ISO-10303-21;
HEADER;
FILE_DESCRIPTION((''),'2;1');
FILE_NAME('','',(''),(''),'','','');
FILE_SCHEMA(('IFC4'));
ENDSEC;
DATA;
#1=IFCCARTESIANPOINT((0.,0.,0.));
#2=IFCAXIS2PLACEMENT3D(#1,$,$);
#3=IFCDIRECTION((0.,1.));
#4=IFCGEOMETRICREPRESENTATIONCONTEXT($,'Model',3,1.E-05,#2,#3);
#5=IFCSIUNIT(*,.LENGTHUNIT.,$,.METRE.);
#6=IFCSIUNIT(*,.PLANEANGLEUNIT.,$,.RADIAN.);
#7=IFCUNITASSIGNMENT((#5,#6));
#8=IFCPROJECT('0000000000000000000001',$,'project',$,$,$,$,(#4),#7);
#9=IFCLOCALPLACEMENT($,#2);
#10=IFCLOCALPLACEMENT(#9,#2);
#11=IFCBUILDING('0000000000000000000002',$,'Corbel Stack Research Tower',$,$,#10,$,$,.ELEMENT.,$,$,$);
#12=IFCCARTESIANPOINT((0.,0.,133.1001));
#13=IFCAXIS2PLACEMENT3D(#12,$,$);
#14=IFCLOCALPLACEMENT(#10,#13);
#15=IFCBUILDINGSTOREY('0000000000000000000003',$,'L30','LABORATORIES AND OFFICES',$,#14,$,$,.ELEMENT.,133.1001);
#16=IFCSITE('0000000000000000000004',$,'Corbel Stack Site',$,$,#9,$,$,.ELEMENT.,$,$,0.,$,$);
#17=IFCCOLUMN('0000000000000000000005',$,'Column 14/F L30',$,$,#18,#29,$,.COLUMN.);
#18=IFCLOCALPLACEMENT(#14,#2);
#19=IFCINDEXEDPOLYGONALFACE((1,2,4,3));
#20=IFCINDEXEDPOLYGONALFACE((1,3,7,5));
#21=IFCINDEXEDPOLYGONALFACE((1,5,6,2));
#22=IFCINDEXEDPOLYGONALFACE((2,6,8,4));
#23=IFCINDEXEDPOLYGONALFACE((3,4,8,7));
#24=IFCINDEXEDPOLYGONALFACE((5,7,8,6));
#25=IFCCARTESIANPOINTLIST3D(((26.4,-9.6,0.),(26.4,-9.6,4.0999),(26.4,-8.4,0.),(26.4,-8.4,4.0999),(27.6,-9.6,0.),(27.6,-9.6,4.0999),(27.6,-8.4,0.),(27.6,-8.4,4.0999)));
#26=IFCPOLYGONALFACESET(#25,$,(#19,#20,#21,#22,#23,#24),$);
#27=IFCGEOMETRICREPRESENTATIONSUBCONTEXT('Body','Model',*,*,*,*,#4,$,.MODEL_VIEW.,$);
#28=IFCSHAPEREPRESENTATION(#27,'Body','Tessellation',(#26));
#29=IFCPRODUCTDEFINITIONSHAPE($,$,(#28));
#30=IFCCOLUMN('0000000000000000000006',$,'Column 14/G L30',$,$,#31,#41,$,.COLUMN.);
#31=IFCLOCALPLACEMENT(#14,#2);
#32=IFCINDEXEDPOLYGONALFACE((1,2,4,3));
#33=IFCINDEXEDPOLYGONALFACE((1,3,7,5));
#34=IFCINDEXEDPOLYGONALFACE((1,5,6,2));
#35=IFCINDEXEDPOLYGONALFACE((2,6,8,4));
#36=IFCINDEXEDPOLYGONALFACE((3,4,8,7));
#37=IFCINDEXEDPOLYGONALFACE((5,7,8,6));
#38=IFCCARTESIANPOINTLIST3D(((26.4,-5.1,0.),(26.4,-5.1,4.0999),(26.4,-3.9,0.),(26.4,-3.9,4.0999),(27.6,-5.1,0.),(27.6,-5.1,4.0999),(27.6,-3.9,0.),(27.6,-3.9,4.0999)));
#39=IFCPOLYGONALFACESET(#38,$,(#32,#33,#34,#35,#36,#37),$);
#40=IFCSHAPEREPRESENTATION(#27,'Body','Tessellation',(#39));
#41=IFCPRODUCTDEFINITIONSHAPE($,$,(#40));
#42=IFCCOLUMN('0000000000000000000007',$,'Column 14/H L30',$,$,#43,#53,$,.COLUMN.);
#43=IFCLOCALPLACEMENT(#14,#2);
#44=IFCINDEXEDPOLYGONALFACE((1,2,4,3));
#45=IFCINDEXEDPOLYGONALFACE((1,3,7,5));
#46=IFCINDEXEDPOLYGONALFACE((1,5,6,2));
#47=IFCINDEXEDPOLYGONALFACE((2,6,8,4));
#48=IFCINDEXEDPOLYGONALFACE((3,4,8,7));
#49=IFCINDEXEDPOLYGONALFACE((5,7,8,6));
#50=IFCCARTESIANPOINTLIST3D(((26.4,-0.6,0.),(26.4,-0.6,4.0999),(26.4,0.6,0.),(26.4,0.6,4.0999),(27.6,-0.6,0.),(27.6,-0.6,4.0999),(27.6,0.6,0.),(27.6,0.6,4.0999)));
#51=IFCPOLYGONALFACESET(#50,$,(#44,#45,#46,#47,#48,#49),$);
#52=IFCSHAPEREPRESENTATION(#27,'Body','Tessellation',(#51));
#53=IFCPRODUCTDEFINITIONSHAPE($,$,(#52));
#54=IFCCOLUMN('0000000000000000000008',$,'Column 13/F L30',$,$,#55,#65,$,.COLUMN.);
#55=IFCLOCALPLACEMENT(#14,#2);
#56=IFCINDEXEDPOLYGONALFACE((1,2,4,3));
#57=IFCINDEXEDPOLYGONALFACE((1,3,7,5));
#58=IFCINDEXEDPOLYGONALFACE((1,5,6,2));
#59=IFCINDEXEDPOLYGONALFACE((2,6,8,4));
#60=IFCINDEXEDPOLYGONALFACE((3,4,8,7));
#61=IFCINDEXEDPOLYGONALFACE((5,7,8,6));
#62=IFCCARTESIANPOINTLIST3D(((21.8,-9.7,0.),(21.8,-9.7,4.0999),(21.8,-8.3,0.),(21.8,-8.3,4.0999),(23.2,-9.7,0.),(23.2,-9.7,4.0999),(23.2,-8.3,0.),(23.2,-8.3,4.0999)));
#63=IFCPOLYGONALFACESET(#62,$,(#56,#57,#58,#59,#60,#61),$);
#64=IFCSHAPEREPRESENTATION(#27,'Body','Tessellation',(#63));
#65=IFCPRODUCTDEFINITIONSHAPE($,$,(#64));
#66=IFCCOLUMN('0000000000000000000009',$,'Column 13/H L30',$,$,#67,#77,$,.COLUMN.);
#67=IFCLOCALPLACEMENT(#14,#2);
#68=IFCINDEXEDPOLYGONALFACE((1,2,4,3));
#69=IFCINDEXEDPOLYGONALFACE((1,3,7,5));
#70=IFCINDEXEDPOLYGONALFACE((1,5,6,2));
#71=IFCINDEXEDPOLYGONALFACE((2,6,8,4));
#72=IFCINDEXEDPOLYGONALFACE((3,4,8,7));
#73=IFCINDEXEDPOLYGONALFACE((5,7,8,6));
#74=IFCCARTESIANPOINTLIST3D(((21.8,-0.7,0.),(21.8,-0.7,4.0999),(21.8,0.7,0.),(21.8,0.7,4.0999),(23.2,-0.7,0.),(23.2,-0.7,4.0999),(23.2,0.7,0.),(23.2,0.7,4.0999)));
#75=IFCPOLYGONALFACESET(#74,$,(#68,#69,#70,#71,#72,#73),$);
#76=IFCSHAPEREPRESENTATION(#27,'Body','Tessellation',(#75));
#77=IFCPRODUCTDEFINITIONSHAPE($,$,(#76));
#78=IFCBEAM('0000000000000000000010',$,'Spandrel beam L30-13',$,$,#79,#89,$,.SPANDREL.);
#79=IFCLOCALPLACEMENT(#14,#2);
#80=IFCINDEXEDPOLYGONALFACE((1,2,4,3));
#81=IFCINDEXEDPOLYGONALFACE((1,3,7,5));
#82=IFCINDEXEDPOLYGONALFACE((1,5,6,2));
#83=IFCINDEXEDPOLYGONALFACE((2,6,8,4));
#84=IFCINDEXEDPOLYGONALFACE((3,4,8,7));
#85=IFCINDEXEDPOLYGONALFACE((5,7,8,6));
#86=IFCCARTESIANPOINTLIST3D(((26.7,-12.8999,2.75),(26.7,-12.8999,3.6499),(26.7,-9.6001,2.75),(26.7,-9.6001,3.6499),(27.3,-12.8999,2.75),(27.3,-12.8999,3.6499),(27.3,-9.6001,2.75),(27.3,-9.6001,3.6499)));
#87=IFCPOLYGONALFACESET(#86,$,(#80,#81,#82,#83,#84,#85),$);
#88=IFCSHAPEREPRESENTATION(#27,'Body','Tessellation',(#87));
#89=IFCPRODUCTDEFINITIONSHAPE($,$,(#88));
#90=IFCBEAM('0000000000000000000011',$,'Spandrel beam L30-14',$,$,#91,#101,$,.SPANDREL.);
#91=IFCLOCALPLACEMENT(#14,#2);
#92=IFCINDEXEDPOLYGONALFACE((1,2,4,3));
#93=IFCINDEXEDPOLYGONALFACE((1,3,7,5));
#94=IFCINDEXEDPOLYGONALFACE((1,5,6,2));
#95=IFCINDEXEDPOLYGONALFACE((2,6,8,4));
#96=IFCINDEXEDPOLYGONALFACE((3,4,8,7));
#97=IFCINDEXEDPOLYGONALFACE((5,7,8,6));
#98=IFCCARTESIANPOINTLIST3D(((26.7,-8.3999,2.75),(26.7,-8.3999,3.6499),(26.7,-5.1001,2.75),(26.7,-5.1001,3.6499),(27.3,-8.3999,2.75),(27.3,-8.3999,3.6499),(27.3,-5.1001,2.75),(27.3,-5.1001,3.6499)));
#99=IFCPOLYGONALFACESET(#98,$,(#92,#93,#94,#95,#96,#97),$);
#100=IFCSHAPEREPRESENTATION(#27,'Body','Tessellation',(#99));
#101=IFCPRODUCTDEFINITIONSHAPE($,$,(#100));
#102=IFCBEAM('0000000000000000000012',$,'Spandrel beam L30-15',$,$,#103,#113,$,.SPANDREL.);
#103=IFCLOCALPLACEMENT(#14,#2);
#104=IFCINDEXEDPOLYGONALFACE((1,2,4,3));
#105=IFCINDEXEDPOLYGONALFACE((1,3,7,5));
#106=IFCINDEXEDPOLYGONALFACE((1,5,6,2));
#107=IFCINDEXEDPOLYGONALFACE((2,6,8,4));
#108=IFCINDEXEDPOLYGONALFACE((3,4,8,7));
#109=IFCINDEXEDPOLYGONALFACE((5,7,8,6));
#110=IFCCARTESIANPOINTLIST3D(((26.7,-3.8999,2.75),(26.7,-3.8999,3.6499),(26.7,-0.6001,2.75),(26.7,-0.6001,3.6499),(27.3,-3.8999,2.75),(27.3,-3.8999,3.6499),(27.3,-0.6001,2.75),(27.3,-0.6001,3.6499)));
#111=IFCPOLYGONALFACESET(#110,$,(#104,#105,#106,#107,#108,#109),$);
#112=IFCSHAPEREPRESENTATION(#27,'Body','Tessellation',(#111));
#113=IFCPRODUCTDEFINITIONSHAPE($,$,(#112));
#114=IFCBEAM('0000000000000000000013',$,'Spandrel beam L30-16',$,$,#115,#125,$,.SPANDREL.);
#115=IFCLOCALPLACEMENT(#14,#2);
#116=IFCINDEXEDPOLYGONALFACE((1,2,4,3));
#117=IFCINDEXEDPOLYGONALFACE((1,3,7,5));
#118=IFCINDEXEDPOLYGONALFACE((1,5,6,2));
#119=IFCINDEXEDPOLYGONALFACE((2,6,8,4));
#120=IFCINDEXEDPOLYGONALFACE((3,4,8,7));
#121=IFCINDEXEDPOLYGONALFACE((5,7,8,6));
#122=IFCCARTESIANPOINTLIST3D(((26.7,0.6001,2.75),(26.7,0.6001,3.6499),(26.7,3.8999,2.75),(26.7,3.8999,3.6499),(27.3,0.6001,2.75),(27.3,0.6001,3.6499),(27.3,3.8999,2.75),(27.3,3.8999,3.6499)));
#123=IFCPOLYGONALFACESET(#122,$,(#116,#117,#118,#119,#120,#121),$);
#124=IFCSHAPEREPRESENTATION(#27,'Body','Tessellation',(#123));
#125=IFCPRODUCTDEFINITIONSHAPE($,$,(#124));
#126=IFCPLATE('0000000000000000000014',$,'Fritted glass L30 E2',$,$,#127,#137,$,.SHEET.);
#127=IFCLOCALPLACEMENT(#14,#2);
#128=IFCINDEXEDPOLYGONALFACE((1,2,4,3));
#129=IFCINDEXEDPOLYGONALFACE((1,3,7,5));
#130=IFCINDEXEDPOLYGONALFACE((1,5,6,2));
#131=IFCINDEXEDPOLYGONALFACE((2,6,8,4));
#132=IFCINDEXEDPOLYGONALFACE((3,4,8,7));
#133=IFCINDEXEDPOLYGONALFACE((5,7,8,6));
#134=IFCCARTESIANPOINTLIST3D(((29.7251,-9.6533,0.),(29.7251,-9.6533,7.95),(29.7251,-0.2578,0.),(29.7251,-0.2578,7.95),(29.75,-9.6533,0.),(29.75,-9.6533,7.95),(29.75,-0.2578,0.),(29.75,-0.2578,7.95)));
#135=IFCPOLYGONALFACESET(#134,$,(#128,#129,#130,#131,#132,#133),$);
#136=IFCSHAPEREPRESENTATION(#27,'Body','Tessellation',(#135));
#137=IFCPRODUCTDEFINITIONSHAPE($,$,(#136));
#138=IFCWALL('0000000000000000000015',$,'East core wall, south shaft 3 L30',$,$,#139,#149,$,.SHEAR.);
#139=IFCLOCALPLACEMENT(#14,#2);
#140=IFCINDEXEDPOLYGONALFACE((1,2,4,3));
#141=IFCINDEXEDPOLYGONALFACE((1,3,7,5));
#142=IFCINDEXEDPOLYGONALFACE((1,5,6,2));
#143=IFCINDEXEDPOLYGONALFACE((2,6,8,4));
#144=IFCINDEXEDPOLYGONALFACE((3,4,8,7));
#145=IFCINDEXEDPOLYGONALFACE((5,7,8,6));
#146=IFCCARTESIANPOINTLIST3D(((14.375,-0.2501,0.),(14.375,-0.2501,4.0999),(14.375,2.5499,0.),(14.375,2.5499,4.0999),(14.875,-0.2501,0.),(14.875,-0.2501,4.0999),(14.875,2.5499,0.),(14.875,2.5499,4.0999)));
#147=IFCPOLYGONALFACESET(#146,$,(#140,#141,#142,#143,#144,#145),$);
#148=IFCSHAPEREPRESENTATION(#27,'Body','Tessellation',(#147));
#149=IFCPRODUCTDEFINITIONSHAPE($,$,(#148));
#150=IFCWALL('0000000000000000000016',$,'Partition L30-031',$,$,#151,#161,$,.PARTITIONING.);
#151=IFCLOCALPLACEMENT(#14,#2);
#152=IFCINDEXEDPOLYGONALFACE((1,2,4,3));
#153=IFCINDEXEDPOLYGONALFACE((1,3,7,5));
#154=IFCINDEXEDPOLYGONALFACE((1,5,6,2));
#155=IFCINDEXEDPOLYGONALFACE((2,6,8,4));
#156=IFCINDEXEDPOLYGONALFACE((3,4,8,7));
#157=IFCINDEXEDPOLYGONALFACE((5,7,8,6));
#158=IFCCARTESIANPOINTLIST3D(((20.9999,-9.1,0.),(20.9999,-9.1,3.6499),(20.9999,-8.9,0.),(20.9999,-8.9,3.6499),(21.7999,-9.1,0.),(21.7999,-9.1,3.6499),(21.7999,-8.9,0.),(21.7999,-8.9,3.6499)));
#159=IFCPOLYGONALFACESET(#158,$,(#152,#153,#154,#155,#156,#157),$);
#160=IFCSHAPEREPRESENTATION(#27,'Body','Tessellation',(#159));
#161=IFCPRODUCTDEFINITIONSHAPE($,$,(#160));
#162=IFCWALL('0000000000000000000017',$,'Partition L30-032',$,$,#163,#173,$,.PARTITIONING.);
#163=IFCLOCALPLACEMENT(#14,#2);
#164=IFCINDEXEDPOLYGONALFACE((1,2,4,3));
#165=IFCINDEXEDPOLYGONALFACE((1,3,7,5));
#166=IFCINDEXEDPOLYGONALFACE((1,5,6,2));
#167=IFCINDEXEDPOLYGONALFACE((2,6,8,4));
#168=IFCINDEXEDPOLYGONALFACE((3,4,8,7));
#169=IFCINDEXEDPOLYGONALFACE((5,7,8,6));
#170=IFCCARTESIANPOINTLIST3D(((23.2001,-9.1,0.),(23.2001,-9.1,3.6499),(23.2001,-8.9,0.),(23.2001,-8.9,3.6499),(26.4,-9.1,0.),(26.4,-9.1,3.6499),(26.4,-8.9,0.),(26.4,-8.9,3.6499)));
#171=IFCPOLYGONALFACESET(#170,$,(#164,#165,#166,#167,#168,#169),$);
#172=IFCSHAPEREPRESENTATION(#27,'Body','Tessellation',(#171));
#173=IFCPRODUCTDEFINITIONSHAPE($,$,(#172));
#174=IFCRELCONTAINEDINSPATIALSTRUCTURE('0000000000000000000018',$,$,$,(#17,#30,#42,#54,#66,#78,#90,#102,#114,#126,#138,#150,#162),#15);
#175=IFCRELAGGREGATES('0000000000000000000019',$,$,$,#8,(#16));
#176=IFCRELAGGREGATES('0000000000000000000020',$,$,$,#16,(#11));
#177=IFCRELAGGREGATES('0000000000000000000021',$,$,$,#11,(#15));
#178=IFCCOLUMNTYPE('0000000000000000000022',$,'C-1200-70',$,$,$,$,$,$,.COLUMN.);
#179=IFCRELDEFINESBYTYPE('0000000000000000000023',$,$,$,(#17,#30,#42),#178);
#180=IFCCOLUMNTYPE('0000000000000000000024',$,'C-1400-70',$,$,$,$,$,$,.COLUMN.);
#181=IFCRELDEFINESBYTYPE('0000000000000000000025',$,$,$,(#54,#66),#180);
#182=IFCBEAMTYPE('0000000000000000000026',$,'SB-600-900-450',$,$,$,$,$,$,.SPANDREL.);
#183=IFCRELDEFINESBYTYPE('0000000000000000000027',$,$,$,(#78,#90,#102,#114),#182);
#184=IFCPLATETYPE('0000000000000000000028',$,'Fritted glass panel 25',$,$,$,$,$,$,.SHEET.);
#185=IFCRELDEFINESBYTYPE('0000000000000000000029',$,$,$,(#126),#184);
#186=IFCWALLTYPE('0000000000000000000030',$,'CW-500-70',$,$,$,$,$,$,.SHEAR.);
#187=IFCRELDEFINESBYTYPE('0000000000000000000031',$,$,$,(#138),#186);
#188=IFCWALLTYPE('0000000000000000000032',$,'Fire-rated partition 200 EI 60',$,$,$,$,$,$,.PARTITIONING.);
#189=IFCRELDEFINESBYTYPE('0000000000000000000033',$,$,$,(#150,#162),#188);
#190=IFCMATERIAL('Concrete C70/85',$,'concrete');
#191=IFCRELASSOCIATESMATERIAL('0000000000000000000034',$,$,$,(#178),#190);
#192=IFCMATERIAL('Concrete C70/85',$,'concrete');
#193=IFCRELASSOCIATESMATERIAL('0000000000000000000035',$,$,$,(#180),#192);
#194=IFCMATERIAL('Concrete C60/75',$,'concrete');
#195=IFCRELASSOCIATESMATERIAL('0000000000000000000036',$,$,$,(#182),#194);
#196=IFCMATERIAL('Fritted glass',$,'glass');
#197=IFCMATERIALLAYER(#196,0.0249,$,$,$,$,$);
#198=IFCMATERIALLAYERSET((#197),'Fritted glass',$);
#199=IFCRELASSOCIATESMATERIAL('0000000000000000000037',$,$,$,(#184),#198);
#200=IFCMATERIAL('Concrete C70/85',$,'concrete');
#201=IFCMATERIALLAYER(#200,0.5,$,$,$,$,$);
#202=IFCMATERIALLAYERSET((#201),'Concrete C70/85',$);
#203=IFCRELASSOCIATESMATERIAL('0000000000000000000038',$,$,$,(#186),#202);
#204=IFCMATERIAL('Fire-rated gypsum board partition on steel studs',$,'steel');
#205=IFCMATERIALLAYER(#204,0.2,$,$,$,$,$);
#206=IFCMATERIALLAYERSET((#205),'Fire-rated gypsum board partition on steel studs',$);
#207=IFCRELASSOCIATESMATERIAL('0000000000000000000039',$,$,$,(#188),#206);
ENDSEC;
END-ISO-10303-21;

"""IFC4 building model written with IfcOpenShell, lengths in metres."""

from ifc_helpers import new_model, si_unit, direction, frame, frame_2d, origin, origin_2d, place, context, subcontext, project, spatial, rectangle, extrude, material, layer, layer_set, material_profile, profile_set, type_object, element, save


model = new_model("IFC4")

# Units and contexts
model_context = context("Model", 3, precision=1e-05, world=origin(), true_north=direction((0.0, 1.0)))
body_context = subcontext(model_context, "Body", "Model", "MODEL_VIEW")
ifc_project = project(units=[si_unit("LENGTHUNIT", "METRE"), si_unit("PLANEANGLEUNIT", "RADIAN")], contexts=[model_context])

# Site, building, storey
site_placement = place(None, origin())
site = spatial("IfcSite", under=ifc_project, at=site_placement, Name="Corbel Stack Site", CompositionType="ELEMENT", RefElevation=0.0)
building_placement = place(site_placement, origin())
building = spatial("IfcBuilding", under=site, at=building_placement, Name="Corbel Stack Research Tower", CompositionType="ELEMENT")
storey_placement = place(building_placement, frame((0.0, 0.0, 133.1001)))
storey = spatial("IfcBuildingStorey", under=building, at=storey_placement, Name="L30", Description="LABORATORIES AND OFFICES", CompositionType="ELEMENT", Elevation=133.1001)

# Columns
ifc_material_1 = material(Name="Concrete C70/85", Category="concrete")
ifc_material_profile_1 = material_profile(ifc_material_1, rectangle(XDim=1.2, YDim=1.2, at=origin_2d()), Name="RC 1200 x 1200")
ifc_profile_set_1 = profile_set([ifc_material_profile_1], Name="Concrete C70/85")
column_type_1 = type_object("IfcColumnType", Name="C-1200-70", PredefinedType="COLUMN", material=ifc_profile_set_1)
for number, where, z_axis, x_axis, name in (
    (1, (27.0, -9.0, 0.0), (0.0, 0.0, 1.0), (1.0, 0.0, 0.0), "Column 14/F L30"),
    (2, (27.0, -4.5, 0.0), (0.0, 0.0, 1.0), (1.0, 0.0, 0.0), "Column 14/G L30"),
    (3, (27.0, 0.0, 0.0), (0.0, 0.0, 1.0), (1.0, 0.0, 0.0), "Column 14/H L30"),
):
    element("IfcColumn", number, at=place(storey_placement, frame(where, z_axis=z_axis, x_axis=x_axis)), inside=storey, type_object=column_type_1, Name=name, PredefinedType="COLUMN", context=body_context, shape_type="SweptSolid", body=[
        extrude(rectangle(XDim=1.2, YDim=1.2, at=origin_2d()), origin(), (0.0, 0.0, 1.0), 4.0999),
    ])
ifc_material_2 = material(Name="Concrete C70/85", Category="concrete")
ifc_material_profile_2 = material_profile(ifc_material_2, rectangle(XDim=1.3999, YDim=1.3999, at=origin_2d()), Name="RC 1400 x 1400")
ifc_profile_set_2 = profile_set([ifc_material_profile_2], Name="Concrete C70/85")
column_type_2 = type_object("IfcColumnType", Name="C-1400-70", PredefinedType="COLUMN", material=ifc_profile_set_2)
for number, where, z_axis, x_axis, name in (
    (4, (22.5, -9.0, 0.0), (0.0, 0.0, 1.0), (1.0, 0.0, 0.0), "Column 13/F L30"),
    (5, (22.5, 0.0, 0.0), (0.0, 0.0, 1.0), (1.0, 0.0, 0.0), "Column 13/H L30"),
):
    element("IfcColumn", number, at=place(storey_placement, frame(where, z_axis=z_axis, x_axis=x_axis)), inside=storey, type_object=column_type_2, Name=name, PredefinedType="COLUMN", context=body_context, shape_type="SweptSolid", body=[
        extrude(rectangle(XDim=1.3999, YDim=1.3999, at=origin_2d()), origin(), (0.0, 0.0, 1.0), 4.0999),
    ])

# Beams
ifc_material_3 = material(Name="Concrete C60/75", Category="concrete")
ifc_material_profile_3 = material_profile(ifc_material_3, rectangle(XDim=0.6001, YDim=0.8999, at=origin_2d()), Name="RC 600 x 900")
ifc_profile_set_3 = profile_set([ifc_material_profile_3], Name="Concrete C60/75")
beam_type = type_object("IfcBeamType", Name="SB-600-900-450", PredefinedType="SPANDREL", material=ifc_profile_set_3)
for number, where, z_axis, x_axis, name in (
    (6, (27.0, -12.8999, 3.2), (0.0, 1.0, 0.0), (-1.0, 0.0, 0.0), "Spandrel beam L30-13"),
    (7, (27.0, -8.3999, 3.2), (0.0, 1.0, 0.0), (-1.0, 0.0, 0.0), "Spandrel beam L30-14"),
    (8, (27.0, -3.8999, 3.2), (0.0, 1.0, 0.0), (-1.0, 0.0, 0.0), "Spandrel beam L30-15"),
    (9, (27.0, 0.6001, 3.2), (0.0, 1.0, 0.0), (-1.0, 0.0, 0.0), "Spandrel beam L30-16"),
):
    element("IfcBeam", number, at=place(storey_placement, frame(where, z_axis=z_axis, x_axis=x_axis)), inside=storey, type_object=beam_type, Name=name, PredefinedType="SPANDREL", context=body_context, shape_type="SweptSolid", body=[
        extrude(rectangle(XDim=0.6001, YDim=0.8999, at=origin_2d()), origin(), (0.0, 0.0, 1.0), 3.2998),
    ])

# Plate
ifc_material_4 = material(Name="Fritted glass", Category="glass")
ifc_layer_1 = layer(ifc_material_4, 0.0249)
ifc_layer_set_1 = layer_set([ifc_layer_1], Name="Fritted glass")
plate_type = type_object("IfcPlateType", Name="Fritted glass panel 25", PredefinedType="SHEET", material=ifc_layer_set_1)
plate_placement = place(storey_placement, frame((29.7375, -4.9556, 0.0), z_axis=(0.0, 0.0, 1.0), x_axis=(0.0, 1.0, 0.0)))
element("IfcPlate", 10, at=plate_placement, inside=storey, type_object=plate_type, Name="Fritted glass L30 E2", PredefinedType="SHEET", context=body_context, shape_type="SweptSolid", body=[
    extrude(rectangle(XDim=9.3955, YDim=0.0249, at=origin_2d()), origin(), (0.0, 0.0, 1.0), 7.95),
])

# Wall
ifc_material_5 = material(Name="Concrete C70/85", Category="concrete")
ifc_layer_2 = layer(ifc_material_5, 0.5)
ifc_layer_set_2 = layer_set([ifc_layer_2], Name="Concrete C70/85")
wall_type_1 = type_object("IfcWallType", Name="CW-500-70", PredefinedType="SHEAR", material=ifc_layer_set_2)
wall_1_placement = place(storey_placement, frame((14.625, -0.25, 0.0), z_axis=(0.0, 0.0, 1.0), x_axis=(0.0, 1.0, 0.0)))
element("IfcWall", 11, at=wall_1_placement, inside=storey, type_object=wall_type_1, Name="East core wall, south shaft 3 L30", PredefinedType="SHEAR", context=body_context, shape_type="SweptSolid", body=[
    extrude(rectangle(XDim=2.8, YDim=0.5, at=frame_2d((1.3999, 0.0))), origin(), (0.0, 0.0, 1.0), 4.0999),
])

# Walls
ifc_material_6 = material(Name="Fire-rated gypsum board partition on steel studs", Category="steel")
ifc_layer_3 = layer(ifc_material_6, 0.2)
ifc_layer_set_3 = layer_set([ifc_layer_3], Name="Fire-rated gypsum board partition on steel studs")
wall_type_2 = type_object("IfcWallType", Name="Fire-rated partition 200 EI 60", PredefinedType="PARTITIONING", material=ifc_layer_set_3)
wall_2_placement = place(storey_placement, frame((21.0, -9.0, 0.0), z_axis=(0.0, 0.0, 1.0), x_axis=(1.0, 0.0, 0.0)))
element("IfcWall", 12, at=wall_2_placement, inside=storey, type_object=wall_type_2, Name="Partition L30-031", PredefinedType="PARTITIONING", context=body_context, shape_type="SweptSolid", body=[
    extrude(rectangle(XDim=0.8, YDim=0.2, at=frame_2d((0.3999, 0.0))), origin(), (0.0, 0.0, 1.0), 3.6499),
])
wall_3_placement = place(storey_placement, frame((23.2, -9.0, 0.0), z_axis=(0.0, 0.0, 1.0), x_axis=(1.0, 0.0, 0.0)))
element("IfcWall", 13, at=wall_3_placement, inside=storey, type_object=wall_type_2, Name="Partition L30-032", PredefinedType="PARTITIONING", context=body_context, shape_type="SweptSolid", body=[
    extrude(rectangle(XDim=3.2, YDim=0.2, at=frame_2d((1.6001, 0.0))), origin(), (0.0, 0.0, 1.0), 3.6499),
])

save(model, "model.ifc")
